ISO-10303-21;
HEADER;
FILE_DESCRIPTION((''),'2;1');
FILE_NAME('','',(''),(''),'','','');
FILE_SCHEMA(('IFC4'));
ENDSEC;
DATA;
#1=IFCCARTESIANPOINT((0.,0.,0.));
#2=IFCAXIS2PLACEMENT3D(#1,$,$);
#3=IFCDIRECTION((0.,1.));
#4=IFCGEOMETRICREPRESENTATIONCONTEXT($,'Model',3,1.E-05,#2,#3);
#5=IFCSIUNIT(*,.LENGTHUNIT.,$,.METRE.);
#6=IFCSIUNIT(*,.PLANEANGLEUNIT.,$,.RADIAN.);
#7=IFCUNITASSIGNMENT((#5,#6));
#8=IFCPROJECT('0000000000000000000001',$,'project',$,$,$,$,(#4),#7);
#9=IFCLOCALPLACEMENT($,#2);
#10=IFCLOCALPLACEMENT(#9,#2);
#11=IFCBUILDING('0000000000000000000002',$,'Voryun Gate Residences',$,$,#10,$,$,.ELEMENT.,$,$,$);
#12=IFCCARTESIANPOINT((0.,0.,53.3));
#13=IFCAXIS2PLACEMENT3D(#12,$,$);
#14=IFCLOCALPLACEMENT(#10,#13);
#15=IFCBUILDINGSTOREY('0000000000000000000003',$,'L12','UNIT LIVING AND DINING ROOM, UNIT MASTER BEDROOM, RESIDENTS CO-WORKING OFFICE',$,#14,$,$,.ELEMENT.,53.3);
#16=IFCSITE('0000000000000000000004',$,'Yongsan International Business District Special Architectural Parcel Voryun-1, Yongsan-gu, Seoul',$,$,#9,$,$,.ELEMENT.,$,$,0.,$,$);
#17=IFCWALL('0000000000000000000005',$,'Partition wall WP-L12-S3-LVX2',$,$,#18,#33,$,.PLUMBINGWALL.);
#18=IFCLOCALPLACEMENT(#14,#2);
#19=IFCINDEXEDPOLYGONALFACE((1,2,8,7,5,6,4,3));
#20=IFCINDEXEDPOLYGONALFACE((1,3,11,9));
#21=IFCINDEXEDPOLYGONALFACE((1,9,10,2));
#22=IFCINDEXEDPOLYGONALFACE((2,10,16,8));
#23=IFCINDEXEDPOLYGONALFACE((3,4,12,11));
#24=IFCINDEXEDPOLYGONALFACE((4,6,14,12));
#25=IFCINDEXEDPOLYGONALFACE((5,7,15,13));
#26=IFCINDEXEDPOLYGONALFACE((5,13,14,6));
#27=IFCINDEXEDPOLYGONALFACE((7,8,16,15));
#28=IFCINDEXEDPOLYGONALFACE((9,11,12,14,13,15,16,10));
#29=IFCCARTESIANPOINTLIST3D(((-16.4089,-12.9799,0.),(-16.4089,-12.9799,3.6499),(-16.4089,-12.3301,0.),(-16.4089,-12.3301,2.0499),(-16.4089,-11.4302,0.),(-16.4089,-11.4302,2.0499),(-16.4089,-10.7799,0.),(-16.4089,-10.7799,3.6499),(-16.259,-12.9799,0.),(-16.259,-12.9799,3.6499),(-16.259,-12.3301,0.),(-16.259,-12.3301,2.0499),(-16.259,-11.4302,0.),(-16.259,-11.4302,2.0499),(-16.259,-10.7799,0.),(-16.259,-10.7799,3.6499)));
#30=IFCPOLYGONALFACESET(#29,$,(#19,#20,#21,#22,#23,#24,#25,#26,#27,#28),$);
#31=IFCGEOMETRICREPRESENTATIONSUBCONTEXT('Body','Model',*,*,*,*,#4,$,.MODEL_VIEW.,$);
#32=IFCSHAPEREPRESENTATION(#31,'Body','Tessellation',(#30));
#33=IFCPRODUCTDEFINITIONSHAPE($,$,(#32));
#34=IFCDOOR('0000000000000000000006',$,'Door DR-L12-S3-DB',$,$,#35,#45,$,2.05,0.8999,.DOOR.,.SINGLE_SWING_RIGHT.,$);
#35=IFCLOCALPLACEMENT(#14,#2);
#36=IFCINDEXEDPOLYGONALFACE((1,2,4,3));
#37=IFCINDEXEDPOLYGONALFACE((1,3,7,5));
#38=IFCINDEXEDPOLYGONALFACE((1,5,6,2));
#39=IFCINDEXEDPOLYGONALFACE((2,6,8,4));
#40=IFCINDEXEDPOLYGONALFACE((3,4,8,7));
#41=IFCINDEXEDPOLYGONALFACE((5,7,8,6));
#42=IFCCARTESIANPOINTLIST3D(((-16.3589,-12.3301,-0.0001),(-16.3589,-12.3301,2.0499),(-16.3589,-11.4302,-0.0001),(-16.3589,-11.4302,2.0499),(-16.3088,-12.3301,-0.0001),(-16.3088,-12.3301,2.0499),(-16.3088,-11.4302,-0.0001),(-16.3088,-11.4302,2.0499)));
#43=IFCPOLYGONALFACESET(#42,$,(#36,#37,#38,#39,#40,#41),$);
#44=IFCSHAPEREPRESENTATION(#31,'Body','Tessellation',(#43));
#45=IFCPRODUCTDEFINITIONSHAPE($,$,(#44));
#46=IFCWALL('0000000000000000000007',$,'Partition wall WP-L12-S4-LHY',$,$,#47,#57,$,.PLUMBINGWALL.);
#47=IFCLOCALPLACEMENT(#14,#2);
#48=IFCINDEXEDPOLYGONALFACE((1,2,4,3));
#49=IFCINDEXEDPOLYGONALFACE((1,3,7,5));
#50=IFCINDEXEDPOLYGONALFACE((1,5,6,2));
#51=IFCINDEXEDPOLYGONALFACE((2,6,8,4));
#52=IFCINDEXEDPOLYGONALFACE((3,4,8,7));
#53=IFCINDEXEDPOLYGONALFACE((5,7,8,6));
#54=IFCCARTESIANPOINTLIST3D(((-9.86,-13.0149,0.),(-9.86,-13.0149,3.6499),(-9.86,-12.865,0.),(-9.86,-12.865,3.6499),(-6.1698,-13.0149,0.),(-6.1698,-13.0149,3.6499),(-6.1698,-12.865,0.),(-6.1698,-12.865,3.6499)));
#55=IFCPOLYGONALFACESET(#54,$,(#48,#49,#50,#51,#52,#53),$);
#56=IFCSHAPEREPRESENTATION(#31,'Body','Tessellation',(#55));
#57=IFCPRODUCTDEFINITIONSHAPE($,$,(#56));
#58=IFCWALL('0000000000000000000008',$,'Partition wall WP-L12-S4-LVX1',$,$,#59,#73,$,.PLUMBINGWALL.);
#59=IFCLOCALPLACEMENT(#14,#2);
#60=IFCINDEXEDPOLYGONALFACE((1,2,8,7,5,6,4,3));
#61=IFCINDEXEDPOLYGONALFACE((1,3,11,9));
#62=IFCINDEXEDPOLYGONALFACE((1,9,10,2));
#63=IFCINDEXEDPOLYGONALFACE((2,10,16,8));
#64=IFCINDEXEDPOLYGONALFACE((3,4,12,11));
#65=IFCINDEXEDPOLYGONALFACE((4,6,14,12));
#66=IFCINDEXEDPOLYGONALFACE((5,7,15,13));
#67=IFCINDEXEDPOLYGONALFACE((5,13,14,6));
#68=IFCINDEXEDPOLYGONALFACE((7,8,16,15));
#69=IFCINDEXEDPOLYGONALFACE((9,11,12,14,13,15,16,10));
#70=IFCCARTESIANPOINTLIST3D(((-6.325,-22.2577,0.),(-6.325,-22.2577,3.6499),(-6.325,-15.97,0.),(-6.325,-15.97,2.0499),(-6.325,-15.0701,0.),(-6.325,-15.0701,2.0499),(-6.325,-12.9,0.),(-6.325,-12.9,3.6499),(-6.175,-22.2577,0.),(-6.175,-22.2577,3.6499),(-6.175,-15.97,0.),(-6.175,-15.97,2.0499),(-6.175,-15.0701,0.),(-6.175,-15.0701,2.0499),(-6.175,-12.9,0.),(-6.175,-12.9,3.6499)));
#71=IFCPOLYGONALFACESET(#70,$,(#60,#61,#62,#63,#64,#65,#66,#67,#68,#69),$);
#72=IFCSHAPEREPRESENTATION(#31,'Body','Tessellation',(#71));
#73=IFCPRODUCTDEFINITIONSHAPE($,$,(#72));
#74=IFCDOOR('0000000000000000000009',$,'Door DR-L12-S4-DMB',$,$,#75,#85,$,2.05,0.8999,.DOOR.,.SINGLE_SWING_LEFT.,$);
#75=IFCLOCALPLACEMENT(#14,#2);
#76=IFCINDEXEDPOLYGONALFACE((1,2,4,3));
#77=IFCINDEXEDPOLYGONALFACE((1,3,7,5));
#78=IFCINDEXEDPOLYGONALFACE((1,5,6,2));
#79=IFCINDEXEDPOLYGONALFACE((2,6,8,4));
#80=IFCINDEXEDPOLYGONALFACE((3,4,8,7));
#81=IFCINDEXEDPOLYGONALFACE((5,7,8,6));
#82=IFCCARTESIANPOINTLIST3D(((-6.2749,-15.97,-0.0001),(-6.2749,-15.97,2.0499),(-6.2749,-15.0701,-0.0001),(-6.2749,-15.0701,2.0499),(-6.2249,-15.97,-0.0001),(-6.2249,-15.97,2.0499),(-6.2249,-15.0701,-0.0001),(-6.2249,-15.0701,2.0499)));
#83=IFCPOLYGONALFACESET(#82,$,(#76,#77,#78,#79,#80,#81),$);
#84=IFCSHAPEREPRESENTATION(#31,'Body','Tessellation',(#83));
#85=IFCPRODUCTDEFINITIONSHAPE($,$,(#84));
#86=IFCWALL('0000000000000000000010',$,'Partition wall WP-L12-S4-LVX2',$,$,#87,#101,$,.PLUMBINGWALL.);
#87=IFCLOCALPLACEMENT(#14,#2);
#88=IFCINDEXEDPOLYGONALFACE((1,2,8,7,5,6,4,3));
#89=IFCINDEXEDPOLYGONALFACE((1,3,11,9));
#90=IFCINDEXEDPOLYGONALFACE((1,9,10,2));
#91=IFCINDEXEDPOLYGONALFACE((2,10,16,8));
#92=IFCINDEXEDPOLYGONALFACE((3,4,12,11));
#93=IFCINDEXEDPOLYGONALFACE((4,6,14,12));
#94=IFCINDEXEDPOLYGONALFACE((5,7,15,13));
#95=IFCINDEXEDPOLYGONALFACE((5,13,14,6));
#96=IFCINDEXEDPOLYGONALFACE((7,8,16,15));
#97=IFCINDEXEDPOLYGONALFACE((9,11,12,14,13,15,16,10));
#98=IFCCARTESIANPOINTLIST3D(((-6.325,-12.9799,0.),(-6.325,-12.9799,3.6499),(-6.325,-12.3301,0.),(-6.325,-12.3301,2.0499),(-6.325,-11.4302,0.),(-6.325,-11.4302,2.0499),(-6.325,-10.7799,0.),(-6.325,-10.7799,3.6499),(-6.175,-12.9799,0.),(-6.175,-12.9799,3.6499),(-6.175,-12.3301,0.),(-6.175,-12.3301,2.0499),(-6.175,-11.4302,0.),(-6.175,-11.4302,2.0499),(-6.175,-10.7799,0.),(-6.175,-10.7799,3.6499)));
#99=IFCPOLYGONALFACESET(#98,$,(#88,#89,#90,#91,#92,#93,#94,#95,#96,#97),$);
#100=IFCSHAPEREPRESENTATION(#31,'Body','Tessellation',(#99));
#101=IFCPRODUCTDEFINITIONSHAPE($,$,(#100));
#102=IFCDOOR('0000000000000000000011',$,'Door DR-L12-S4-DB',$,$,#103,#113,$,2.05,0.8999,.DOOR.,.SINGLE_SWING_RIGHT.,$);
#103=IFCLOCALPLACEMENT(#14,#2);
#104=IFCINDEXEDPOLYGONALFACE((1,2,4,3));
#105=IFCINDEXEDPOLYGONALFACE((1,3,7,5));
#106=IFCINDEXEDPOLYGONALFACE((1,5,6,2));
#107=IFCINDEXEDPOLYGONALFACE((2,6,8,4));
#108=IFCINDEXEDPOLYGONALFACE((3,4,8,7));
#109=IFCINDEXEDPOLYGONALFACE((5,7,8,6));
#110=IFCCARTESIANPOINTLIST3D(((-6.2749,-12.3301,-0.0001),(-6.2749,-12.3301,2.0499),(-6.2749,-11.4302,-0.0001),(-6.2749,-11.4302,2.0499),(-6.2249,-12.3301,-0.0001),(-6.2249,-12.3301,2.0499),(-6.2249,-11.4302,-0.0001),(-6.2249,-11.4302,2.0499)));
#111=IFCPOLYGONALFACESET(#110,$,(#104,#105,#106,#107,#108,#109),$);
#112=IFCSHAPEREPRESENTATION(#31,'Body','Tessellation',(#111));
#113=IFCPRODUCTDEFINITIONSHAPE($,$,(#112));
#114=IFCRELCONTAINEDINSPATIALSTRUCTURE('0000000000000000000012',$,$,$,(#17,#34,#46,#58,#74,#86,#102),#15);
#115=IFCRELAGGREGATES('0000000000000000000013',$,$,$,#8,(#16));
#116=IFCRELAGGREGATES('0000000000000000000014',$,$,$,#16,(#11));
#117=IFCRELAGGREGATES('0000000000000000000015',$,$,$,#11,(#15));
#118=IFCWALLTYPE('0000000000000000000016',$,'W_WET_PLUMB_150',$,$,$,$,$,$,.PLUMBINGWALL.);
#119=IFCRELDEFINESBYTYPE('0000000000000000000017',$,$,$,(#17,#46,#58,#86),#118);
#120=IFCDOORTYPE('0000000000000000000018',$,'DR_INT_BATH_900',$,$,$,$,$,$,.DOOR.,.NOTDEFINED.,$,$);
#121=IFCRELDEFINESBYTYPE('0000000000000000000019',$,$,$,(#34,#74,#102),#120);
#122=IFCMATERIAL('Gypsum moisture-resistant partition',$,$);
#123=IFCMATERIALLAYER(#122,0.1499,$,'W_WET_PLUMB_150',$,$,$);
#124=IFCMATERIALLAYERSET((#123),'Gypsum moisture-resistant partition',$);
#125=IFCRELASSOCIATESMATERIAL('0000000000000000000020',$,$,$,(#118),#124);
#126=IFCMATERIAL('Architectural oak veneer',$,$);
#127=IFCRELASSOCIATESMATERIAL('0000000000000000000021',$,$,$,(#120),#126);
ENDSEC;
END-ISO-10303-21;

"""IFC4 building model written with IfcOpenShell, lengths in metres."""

from ifc_helpers import new_model, si_unit, direction, frame, frame_2d, origin, place, context, subcontext, project, spatial, rectangle, extrude, material, layer, layer_set, type_object, element, fill, save


model = new_model("IFC4")

# Units and contexts
model_context = context("Model", 3, precision=1e-05, world=origin(), true_north=direction((0.0, 1.0)))
body_context = subcontext(model_context, "Body", "Model", "MODEL_VIEW")
ifc_project = project(units=[si_unit("LENGTHUNIT", "METRE"), si_unit("PLANEANGLEUNIT", "RADIAN")], contexts=[model_context])

# Site, building, storey
site_placement = place(None, origin())
site = spatial("IfcSite", under=ifc_project, at=site_placement, Name="Yongsan International Business District Special Architectural Parcel Voryun-1, Yongsan-gu, Seoul", CompositionType="ELEMENT", RefElevation=0.0)
building_placement = place(site_placement, origin())
building = spatial("IfcBuilding", under=site, at=building_placement, Name="Voryun Gate Residences", CompositionType="ELEMENT")
storey_placement = place(building_placement, frame((0.0, 0.0, 53.3)))
storey = spatial("IfcBuildingStorey", under=building, at=storey_placement, Name="L12", Description="UNIT LIVING AND DINING ROOM, UNIT MASTER BEDROOM, RESIDENTS CO-WORKING OFFICE", CompositionType="ELEMENT", Elevation=53.3)

# Wall, opening, door
ifc_material_1 = material(Name="Gypsum moisture-resistant partition")
ifc_layer_1 = layer(ifc_material_1, 0.1499, Name="W_WET_PLUMB_150")
ifc_layer_set_1 = layer_set([ifc_layer_1], Name="Gypsum moisture-resistant partition")
wall_type_1 = type_object("IfcWallType", Name="W_WET_PLUMB_150", PredefinedType="PLUMBINGWALL", material=ifc_layer_set_1)
ifc_material_2 = material(Name="Architectural oak veneer")
door_type_1 = type_object("IfcDoorType", Name="DR_INT_BATH_900", OperationType="NOTDEFINED", PredefinedType="DOOR", material=ifc_material_2)
wall_1_placement = place(storey_placement, frame((-16.334, -12.98, 0.0), z_axis=(0.0, 0.0, 1.0), x_axis=(0.0, 1.0, 0.0)))
wall_1 = element("IfcWall", 1, at=wall_1_placement, inside=storey, type_object=wall_type_1, Name="Partition wall WP-L12-S3-LVX2", PredefinedType="PLUMBINGWALL", context=body_context, shape_type="SweptSolid", body=[
    extrude(rectangle(XDim=2.2, YDim=0.1499, at=frame_2d((1.1001, 0.0))), origin(), (0.0, 0.0, 1.0), 3.6499),
])
opening_1_placement = place(wall_1_placement, frame((0.6499, 0.0, 0.0)))
opening_1 = element("IfcOpeningElement", 2, at=opening_1_placement, cuts=wall_1, PredefinedType="OPENING", context=body_context, shape_type="SweptSolid", body=[
    extrude(rectangle(XDim=0.8999, YDim=2.05, at=frame_2d((0.45, 1.0249))), frame((0.0, 0.085, 0.0), z_axis=(0.0, -1.0, 0.0), x_axis=(1.0, 0.0, 0.0)), (0.0, 0.0, 1.0), 0.1699),
])
door_1_placement = place(opening_1_placement, origin())
door_1 = element("IfcDoor", 3, at=door_1_placement, inside=storey, type_object=door_type_1, Name="Door DR-L12-S3-DB", OperationType="SINGLE_SWING_RIGHT", OverallHeight=2.05, OverallWidth=0.8999, PredefinedType="DOOR", context=body_context, shape_type="SweptSolid", body=[
    extrude(rectangle(XDim=0.8999, YDim=2.05, at=frame_2d((0.45, 1.0249))), frame((0.0, 0.0249, 0.0), z_axis=(0.0, -1.0, 0.0), x_axis=(1.0, 0.0, 0.0)), (0.0, 0.0, 1.0), 0.05),
])
fill(opening_1, door_1)

# Wall
wall_2_placement = place(storey_placement, frame((-9.8601, -12.9399, 0.0), z_axis=(0.0, 0.0, 1.0), x_axis=(1.0, 0.0, 0.0)))
element("IfcWall", 4, at=wall_2_placement, inside=storey, type_object=wall_type_1, Name="Partition wall WP-L12-S4-LHY", PredefinedType="PLUMBINGWALL", context=body_context, shape_type="SweptSolid", body=[
    extrude(rectangle(XDim=3.6902, YDim=0.1499, at=frame_2d((1.8452, 0.0))), origin(), (0.0, 0.0, 1.0), 3.6499),
])

# Walls, openings, doors
wall_3_placement = place(storey_placement, frame((-6.25, -22.2576, 0.0), z_axis=(0.0, 0.0, 1.0), x_axis=(0.0, 1.0, 0.0)))
wall_3 = element("IfcWall", 5, at=wall_3_placement, inside=storey, type_object=wall_type_1, Name="Partition wall WP-L12-S4-LVX1", PredefinedType="PLUMBINGWALL", context=body_context, shape_type="SweptSolid", body=[
    extrude(rectangle(XDim=9.3577, YDim=0.1499, at=frame_2d((4.6787, 0.0))), origin(), (0.0, 0.0, 1.0), 3.6499),
])
opening_2_placement = place(wall_3_placement, frame((6.2876, 0.0, 0.0)))
opening_2 = element("IfcOpeningElement", 6, at=opening_2_placement, cuts=wall_3, PredefinedType="OPENING", context=body_context, shape_type="SweptSolid", body=[
    extrude(rectangle(XDim=0.8999, YDim=2.05, at=frame_2d((0.45, 1.0249))), frame((0.0, 0.085, 0.0), z_axis=(0.0, -1.0, 0.0), x_axis=(1.0, 0.0, 0.0)), (0.0, 0.0, 1.0), 0.1699),
])
door_2_placement = place(opening_2_placement, origin())
door_2 = element("IfcDoor", 7, at=door_2_placement, inside=storey, type_object=door_type_1, Name="Door DR-L12-S4-DMB", OperationType="SINGLE_SWING_LEFT", OverallHeight=2.05, OverallWidth=0.8999, PredefinedType="DOOR", context=body_context, shape_type="SweptSolid", body=[
    extrude(rectangle(XDim=0.8999, YDim=2.05, at=frame_2d((0.45, 1.0249))), frame((0.0, 0.0249, 0.0), z_axis=(0.0, -1.0, 0.0), x_axis=(1.0, 0.0, 0.0)), (0.0, 0.0, 1.0), 0.05),
])
fill(opening_2, door_2)
wall_4_placement = place(storey_placement, frame((-6.25, -12.98, 0.0), z_axis=(0.0, 0.0, 1.0), x_axis=(0.0, 1.0, 0.0)))
wall_4 = element("IfcWall", 8, at=wall_4_placement, inside=storey, type_object=wall_type_1, Name="Partition wall WP-L12-S4-LVX2", PredefinedType="PLUMBINGWALL", context=body_context, shape_type="SweptSolid", body=[
    extrude(rectangle(XDim=2.2, YDim=0.1499, at=frame_2d((1.1001, 0.0))), origin(), (0.0, 0.0, 1.0), 3.6499),
])
opening_3_placement = place(wall_4_placement, frame((0.6499, 0.0, 0.0)))
opening_3 = element("IfcOpeningElement", 9, at=opening_3_placement, cuts=wall_4, PredefinedType="OPENING", context=body_context, shape_type="SweptSolid", body=[
    extrude(rectangle(XDim=0.8999, YDim=2.05, at=frame_2d((0.45, 1.0249))), frame((0.0, 0.085, 0.0), z_axis=(0.0, -1.0, 0.0), x_axis=(1.0, 0.0, 0.0)), (0.0, 0.0, 1.0), 0.1699),
])
door_3_placement = place(opening_3_placement, origin())
door_3 = element("IfcDoor", 10, at=door_3_placement, inside=storey, type_object=door_type_1, Name="Door DR-L12-S4-DB", OperationType="SINGLE_SWING_RIGHT", OverallHeight=2.05, OverallWidth=0.8999, PredefinedType="DOOR", context=body_context, shape_type="SweptSolid", body=[
    extrude(rectangle(XDim=0.8999, YDim=2.05, at=frame_2d((0.45, 1.0249))), frame((0.0, 0.0249, 0.0), z_axis=(0.0, -1.0, 0.0), x_axis=(1.0, 0.0, 0.0)), (0.0, 0.0, 1.0), 0.05),
])
fill(opening_3, door_3)

save(model, "model.ifc")
